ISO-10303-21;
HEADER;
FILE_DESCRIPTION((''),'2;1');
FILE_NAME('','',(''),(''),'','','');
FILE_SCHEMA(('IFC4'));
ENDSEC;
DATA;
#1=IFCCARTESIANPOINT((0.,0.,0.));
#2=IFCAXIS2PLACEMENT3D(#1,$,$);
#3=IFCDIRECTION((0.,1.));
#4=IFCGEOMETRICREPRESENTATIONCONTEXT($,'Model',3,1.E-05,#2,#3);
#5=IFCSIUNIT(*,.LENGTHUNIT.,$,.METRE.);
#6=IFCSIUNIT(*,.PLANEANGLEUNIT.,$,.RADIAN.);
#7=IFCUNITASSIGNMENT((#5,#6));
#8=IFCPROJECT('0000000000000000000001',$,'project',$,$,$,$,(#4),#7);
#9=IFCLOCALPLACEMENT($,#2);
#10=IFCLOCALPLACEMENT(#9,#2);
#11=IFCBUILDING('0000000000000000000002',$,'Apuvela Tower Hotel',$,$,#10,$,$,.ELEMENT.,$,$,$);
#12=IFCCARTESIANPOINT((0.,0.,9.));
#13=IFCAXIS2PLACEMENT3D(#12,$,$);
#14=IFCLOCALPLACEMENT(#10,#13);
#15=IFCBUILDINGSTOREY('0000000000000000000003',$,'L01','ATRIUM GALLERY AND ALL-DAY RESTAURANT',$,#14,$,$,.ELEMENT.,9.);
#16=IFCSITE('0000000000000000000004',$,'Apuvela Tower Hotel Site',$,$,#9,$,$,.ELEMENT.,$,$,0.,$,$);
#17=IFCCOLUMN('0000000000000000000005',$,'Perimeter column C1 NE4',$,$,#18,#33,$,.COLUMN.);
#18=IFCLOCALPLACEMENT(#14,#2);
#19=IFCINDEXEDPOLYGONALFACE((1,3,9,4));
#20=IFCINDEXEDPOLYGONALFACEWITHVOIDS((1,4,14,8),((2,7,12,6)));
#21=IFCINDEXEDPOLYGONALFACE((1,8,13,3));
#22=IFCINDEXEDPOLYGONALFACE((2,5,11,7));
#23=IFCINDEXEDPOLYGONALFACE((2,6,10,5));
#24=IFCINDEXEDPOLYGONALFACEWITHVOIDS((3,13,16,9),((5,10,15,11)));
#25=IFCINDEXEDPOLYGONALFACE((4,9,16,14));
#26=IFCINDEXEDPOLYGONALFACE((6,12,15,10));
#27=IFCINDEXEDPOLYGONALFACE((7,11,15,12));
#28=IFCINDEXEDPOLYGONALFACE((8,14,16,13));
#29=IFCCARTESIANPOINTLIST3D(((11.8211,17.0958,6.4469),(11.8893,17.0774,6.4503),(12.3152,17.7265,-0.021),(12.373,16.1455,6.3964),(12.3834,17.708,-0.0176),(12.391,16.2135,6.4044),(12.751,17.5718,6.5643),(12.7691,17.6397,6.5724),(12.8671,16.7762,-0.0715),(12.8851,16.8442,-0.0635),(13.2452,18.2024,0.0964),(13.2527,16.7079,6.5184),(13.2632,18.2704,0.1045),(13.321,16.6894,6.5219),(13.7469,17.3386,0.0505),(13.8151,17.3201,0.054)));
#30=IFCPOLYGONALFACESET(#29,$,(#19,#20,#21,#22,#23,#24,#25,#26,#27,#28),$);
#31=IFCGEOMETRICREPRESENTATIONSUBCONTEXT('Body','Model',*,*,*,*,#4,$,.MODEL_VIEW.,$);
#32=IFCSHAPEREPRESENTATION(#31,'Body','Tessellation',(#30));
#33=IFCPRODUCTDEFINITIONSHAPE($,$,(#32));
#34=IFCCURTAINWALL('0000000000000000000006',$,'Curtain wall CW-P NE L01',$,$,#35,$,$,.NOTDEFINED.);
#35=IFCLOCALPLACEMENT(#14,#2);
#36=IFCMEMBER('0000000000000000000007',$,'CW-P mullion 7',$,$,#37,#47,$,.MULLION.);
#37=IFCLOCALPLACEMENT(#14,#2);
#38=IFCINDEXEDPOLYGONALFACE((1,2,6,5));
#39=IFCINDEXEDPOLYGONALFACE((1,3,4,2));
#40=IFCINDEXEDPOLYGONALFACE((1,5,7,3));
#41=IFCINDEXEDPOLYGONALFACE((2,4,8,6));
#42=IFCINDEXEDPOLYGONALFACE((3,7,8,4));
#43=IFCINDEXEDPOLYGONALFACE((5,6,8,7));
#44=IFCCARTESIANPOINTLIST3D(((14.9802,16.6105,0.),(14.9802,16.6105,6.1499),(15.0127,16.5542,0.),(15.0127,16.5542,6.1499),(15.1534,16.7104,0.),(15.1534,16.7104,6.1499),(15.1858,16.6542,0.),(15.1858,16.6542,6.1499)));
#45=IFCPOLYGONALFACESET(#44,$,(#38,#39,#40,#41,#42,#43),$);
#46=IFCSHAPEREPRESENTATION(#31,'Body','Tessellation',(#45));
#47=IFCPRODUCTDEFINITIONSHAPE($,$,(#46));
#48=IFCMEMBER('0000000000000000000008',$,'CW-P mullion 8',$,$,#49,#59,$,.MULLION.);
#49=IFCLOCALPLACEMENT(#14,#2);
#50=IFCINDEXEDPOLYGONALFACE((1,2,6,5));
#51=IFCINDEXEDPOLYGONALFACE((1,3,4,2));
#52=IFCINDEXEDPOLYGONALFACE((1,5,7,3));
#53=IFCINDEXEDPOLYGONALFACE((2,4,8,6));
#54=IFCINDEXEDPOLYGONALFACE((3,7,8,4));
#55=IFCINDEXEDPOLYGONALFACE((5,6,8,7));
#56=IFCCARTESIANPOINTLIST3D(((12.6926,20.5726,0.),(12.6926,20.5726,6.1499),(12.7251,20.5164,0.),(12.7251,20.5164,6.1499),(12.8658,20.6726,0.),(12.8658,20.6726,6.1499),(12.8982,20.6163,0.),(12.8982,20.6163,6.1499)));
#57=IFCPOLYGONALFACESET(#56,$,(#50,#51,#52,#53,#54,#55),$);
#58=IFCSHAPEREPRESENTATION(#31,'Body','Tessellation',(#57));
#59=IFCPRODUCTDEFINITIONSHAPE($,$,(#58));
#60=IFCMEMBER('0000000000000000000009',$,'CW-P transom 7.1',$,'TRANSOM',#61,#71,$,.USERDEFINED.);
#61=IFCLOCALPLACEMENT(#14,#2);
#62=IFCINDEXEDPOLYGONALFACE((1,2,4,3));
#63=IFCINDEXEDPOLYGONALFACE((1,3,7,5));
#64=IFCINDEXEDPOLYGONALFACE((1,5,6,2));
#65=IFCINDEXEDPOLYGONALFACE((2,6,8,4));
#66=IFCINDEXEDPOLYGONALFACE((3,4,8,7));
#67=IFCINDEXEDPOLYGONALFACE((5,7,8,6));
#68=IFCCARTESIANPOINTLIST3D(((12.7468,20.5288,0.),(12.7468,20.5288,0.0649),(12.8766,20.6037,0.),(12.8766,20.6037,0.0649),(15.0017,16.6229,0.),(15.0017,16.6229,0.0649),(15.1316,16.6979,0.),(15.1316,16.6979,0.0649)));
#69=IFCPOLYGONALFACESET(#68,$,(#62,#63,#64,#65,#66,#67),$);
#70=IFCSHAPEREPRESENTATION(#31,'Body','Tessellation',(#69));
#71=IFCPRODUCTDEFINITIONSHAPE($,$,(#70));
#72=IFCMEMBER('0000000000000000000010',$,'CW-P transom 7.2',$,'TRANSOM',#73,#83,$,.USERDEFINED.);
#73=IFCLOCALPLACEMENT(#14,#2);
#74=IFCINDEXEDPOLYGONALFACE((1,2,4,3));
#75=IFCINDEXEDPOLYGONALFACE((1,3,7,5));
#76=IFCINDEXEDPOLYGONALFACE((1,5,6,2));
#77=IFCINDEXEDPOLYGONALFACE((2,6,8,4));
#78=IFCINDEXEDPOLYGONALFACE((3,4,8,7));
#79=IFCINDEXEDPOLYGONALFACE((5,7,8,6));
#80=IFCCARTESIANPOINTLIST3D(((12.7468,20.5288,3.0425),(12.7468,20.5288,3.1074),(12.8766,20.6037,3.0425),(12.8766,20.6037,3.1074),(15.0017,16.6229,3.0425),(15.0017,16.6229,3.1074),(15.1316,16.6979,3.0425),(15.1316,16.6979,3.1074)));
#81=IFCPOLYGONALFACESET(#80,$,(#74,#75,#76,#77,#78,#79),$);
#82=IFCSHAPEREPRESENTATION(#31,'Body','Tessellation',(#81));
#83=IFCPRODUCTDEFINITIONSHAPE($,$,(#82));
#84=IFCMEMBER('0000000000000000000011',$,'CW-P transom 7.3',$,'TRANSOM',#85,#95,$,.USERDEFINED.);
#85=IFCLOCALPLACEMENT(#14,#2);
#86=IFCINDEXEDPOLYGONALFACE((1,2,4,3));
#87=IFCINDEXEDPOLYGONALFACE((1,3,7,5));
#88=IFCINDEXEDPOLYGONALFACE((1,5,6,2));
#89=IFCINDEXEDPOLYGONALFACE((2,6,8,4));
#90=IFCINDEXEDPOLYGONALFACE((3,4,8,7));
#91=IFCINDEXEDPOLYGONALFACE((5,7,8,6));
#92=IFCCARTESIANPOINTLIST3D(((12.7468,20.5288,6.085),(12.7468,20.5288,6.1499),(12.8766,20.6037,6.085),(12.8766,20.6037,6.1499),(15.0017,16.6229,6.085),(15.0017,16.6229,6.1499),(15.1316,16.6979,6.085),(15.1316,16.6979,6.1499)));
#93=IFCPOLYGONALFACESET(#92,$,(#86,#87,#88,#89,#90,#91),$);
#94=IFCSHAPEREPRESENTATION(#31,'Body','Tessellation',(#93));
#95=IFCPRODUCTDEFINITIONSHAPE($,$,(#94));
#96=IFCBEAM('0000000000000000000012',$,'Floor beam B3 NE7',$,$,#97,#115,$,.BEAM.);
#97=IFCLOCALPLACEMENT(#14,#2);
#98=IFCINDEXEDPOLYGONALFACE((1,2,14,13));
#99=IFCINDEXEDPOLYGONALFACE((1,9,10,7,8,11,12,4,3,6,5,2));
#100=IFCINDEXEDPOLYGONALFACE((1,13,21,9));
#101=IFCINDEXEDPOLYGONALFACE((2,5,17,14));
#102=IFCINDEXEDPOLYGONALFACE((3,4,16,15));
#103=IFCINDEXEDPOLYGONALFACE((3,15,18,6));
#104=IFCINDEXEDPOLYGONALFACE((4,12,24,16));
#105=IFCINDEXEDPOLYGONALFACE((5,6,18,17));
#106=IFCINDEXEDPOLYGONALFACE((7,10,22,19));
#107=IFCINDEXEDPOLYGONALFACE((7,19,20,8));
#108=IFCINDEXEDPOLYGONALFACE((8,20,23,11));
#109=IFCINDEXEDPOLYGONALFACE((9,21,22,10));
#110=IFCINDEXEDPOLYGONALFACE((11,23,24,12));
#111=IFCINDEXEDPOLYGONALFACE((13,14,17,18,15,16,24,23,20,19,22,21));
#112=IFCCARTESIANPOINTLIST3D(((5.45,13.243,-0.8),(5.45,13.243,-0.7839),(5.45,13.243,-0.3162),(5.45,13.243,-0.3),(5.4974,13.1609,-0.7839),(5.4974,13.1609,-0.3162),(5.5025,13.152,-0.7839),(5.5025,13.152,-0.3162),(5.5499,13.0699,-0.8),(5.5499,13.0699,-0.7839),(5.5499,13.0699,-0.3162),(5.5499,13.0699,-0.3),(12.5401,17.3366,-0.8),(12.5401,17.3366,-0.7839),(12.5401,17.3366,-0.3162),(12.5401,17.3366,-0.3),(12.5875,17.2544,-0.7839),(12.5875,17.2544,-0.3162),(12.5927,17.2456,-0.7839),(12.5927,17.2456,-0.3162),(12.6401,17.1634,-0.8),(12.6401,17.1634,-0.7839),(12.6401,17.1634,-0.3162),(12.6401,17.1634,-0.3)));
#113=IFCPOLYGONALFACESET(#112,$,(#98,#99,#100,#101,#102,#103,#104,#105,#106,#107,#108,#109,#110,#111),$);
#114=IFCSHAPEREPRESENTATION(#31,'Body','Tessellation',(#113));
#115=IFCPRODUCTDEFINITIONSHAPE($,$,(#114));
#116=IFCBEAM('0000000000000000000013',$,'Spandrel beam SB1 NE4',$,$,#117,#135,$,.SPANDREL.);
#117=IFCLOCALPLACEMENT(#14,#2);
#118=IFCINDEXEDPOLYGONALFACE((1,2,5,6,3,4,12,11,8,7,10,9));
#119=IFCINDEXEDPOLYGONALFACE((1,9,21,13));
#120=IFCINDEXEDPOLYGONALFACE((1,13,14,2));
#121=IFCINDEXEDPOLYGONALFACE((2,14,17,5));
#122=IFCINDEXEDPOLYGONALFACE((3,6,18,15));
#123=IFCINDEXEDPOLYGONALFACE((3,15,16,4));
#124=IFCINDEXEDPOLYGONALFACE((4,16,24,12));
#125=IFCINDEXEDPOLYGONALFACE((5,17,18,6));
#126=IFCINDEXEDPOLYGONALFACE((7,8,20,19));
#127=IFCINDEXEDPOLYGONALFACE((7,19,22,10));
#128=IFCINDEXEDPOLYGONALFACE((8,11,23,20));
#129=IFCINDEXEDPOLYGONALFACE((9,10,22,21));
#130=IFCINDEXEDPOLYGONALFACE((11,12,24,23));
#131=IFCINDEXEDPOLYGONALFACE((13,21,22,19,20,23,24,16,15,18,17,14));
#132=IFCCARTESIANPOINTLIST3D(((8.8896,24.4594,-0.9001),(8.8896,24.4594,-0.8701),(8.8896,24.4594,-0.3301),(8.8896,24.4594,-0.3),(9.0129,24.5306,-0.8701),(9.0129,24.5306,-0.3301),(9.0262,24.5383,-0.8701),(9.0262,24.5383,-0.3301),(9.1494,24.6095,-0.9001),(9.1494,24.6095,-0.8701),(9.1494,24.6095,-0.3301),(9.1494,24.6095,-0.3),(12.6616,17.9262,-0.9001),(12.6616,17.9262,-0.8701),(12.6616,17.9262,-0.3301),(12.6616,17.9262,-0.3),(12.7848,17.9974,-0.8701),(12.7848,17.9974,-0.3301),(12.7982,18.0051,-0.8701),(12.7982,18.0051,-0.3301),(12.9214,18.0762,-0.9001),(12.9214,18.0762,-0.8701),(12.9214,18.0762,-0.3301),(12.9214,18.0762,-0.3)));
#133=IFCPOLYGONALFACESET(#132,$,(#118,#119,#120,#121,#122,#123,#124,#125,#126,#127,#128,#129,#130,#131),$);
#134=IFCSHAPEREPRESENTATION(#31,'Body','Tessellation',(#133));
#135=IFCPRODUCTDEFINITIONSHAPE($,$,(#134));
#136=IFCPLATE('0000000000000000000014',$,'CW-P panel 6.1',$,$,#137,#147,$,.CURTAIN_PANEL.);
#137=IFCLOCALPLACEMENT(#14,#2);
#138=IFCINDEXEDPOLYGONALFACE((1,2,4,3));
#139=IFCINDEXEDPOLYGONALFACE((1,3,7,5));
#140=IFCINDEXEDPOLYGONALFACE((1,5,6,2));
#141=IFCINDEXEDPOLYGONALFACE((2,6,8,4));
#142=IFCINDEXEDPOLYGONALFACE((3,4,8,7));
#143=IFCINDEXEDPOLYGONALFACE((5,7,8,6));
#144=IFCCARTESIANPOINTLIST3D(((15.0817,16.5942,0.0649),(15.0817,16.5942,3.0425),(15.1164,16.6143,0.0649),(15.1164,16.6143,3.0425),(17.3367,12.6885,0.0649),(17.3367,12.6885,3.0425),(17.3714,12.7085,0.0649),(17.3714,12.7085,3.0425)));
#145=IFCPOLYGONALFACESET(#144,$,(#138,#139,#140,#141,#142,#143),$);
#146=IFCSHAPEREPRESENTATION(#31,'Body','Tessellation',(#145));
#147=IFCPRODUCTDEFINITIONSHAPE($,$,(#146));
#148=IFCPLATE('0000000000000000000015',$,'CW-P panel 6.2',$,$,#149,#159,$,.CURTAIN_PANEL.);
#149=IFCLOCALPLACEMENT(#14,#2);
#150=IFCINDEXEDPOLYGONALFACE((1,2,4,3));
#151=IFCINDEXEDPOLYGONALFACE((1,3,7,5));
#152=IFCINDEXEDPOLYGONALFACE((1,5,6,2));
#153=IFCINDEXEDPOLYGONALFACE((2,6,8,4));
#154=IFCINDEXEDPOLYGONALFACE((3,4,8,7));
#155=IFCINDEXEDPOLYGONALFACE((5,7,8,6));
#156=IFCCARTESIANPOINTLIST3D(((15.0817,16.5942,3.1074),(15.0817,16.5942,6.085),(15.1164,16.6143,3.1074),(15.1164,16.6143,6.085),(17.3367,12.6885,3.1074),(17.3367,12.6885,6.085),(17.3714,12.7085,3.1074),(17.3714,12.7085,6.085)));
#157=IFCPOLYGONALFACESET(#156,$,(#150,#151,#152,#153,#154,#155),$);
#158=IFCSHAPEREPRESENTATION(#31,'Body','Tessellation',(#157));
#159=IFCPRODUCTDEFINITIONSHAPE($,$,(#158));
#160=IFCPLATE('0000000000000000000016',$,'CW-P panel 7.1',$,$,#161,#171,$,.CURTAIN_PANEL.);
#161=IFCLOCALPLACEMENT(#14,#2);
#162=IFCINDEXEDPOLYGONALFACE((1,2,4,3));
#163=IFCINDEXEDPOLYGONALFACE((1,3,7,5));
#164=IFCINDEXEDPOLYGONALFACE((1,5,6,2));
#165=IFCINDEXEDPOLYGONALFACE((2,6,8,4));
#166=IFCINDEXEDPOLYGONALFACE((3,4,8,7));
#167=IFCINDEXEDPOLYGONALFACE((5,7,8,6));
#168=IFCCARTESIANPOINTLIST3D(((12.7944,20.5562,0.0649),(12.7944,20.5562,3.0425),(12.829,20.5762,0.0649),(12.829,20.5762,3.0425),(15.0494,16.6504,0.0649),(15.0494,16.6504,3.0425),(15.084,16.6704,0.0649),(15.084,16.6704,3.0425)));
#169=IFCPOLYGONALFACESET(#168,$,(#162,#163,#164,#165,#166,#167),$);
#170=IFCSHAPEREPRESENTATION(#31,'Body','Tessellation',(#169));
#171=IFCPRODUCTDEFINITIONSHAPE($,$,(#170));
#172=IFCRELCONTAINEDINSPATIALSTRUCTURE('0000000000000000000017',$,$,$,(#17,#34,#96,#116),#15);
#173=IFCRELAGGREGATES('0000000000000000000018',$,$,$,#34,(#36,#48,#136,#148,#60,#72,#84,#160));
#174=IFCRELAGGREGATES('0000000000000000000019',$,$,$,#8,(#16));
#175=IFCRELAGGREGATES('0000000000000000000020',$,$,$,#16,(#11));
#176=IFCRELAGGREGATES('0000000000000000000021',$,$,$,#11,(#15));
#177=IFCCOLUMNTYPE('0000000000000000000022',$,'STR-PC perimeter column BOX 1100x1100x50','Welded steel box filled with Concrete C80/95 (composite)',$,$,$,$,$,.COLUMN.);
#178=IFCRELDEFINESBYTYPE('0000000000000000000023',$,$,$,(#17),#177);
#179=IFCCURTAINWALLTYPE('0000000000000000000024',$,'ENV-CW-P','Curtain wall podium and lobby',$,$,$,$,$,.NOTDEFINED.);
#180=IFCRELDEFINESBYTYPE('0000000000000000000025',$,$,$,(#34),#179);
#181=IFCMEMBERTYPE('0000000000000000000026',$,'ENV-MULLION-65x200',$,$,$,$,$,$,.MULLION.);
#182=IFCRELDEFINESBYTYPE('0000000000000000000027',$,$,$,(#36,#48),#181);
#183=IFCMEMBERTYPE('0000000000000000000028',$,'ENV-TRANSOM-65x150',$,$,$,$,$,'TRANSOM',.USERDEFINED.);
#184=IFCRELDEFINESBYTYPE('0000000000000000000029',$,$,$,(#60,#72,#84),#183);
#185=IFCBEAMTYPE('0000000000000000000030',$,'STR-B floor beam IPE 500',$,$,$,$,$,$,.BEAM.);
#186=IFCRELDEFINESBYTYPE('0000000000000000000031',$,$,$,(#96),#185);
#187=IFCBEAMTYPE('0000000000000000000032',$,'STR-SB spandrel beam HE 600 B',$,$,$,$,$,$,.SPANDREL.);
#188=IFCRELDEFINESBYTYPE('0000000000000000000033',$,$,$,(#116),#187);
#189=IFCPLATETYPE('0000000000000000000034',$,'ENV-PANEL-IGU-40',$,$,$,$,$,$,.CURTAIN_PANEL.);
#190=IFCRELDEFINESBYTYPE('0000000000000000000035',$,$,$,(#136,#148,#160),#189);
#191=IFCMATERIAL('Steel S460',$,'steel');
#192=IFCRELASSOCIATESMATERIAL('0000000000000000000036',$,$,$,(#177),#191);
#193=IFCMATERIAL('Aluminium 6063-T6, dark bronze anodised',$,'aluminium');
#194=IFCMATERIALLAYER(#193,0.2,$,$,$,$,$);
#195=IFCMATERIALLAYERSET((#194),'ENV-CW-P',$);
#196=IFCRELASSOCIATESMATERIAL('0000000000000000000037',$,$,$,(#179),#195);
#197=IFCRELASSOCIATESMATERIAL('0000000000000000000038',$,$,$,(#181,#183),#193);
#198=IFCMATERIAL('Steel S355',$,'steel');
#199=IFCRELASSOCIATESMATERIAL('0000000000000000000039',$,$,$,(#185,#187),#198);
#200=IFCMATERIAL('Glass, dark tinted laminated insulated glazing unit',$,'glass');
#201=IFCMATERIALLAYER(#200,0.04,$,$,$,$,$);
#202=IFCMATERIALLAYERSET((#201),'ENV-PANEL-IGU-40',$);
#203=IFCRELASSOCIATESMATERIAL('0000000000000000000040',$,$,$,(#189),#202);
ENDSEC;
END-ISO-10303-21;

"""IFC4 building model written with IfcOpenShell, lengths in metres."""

from ifc_helpers import new_model, si_unit, direction, frame, origin, origin_2d, place, context, subcontext, project, spatial, rectangle, hollow_rectangle, i_section, extrude, boolean, halfspace, material, layer, layer_set, material_profile, profile_set, type_object, element, aggregate, save


model = new_model("IFC4")

# Units and contexts
model_context = context("Model", 3, precision=1e-05, world=origin(), true_north=direction((0.0, 1.0)))
body_context = subcontext(model_context, "Body", "Model", "MODEL_VIEW")
ifc_project = project(units=[si_unit("LENGTHUNIT", "METRE"), si_unit("PLANEANGLEUNIT", "RADIAN")], contexts=[model_context])

# Site, building, storey
site_placement = place(None, origin())
site = spatial("IfcSite", under=ifc_project, at=site_placement, Name="Apuvela Tower Hotel Site", CompositionType="ELEMENT", RefElevation=0.0)
building_placement = place(site_placement, origin())
building = spatial("IfcBuilding", under=site, at=building_placement, Name="Apuvela Tower Hotel", CompositionType="ELEMENT")
storey_placement = place(building_placement, frame((0.0, 0.0, 9.0)))
storey = spatial("IfcBuildingStorey", under=building, at=storey_placement, Name="L01", Description="ATRIUM GALLERY AND ALL-DAY RESTAURANT", CompositionType="ELEMENT", Elevation=9.0)

# Column
ifc_material_1 = material(Name="Steel S460", Category="steel")
ifc_material_profile_1 = material_profile(ifc_material_1, hollow_rectangle(XDim=1.1001, YDim=1.1001, WallThickness=0.05, at=origin_2d()), Name="BOX 1100x1100x50")
ifc_material_2 = material(Name="Concrete C80/95", Category="concrete")
ifc_material_profile_2 = material_profile(ifc_material_2, rectangle(XDim=1.0, YDim=1.0, at=origin_2d()), Name="Concrete C80/95 infill")
ifc_profile_set_1 = profile_set([ifc_material_profile_1, ifc_material_profile_2], Name="Steel S460")
column_type = type_object("IfcColumnType", Name="STR-PC perimeter column BOX 1100x1100x50", Description="Welded steel box filled with Concrete C80/95 (composite)", PredefinedType="COLUMN", material=ifc_profile_set_1)
column_placement = place(storey_placement, frame((13.0664, 17.5249, 0.0), z_axis=(-0.075818, -0.096766, 0.992415), x_axis=(-0.501684, 0.863832, 0.045902)))
element("IfcColumn", 1, at=column_placement, inside=storey, type_object=column_type, Name="Perimeter column C1 NE4", PredefinedType="COLUMN", context=body_context, shape_type="SweptSolid", body=[
    boolean("DIFFERENCE", boolean("DIFFERENCE", extrude(hollow_rectangle(XDim=1.1001, YDim=1.1001, WallThickness=0.05, at=origin_2d()), origin(), (0.0, 0.0, 1.0), 6.5496), halfspace(frame((0.0, 0.0, 0.0166), z_axis=(0.0, 0.0, 1.0), x_axis=(1.0, 0.0, 0.0)), True)), halfspace(frame((0.0, 0.0, 6.5339), z_axis=(0.0, 0.0, 1.0), x_axis=(1.0, 0.0, 0.0)), False)),
])

# Curtain wall, members
ifc_material_3 = material(Name="Aluminium 6063-T6, dark bronze anodised", Category="aluminium")
ifc_layer_1 = layer(ifc_material_3, 0.2)
ifc_layer_set_1 = layer_set([ifc_layer_1], Name="ENV-CW-P")
curtain_wall_type = type_object("IfcCurtainWallType", Name="ENV-CW-P", Description="Curtain wall podium and lobby", PredefinedType="NOTDEFINED", material=ifc_layer_set_1)
curtain_wall_placement = place(storey_placement, origin())
curtain_wall = element("IfcCurtainWall", 2, at=curtain_wall_placement, inside=storey, type_object=curtain_wall_type, Name="Curtain wall CW-P NE L01", PredefinedType="NOTDEFINED")
ifc_material_profile_3 = material_profile(ifc_material_3, rectangle(XDim=0.2, YDim=0.0649, at=origin_2d()), Name="AL 65x200")
ifc_profile_set_2 = profile_set([ifc_material_profile_3], Name="Aluminium 6063-T6, dark bronze anodised")
member_type_1 = type_object("IfcMemberType", Name="ENV-MULLION-65x200", PredefinedType="MULLION", material=ifc_profile_set_2)
member_1_placement = place(storey_placement, frame((15.083, 16.6323, 0.0), z_axis=(0.0, 0.0, 1.0), x_axis=(-0.866025, -0.5, 0.0)))
member_1 = element("IfcMember", 3, at=member_1_placement, type_object=member_type_1, Name="CW-P mullion 7", PredefinedType="MULLION", context=body_context, shape_type="SweptSolid", body=[
    extrude(rectangle(XDim=0.2, YDim=0.0649, at=origin_2d()), origin(), (0.0, 0.0, 1.0), 6.1499),
])
member_2_placement = place(storey_placement, frame((12.7954, 20.5945, 0.0), z_axis=(0.0, 0.0, 1.0), x_axis=(-0.866025, -0.5, 0.0)))
member_2 = element("IfcMember", 4, at=member_2_placement, type_object=member_type_1, Name="CW-P mullion 8", PredefinedType="MULLION", context=body_context, shape_type="SweptSolid", body=[
    extrude(rectangle(XDim=0.2, YDim=0.0649, at=origin_2d()), origin(), (0.0, 0.0, 1.0), 6.1499),
])
ifc_material_profile_4 = material_profile(ifc_material_3, rectangle(XDim=0.1499, YDim=0.0649, at=origin_2d()), Name="AL 65x150 transom")
ifc_profile_set_3 = profile_set([ifc_material_profile_4], Name="Aluminium 6063-T6, dark bronze anodised")
member_type_2 = type_object("IfcMemberType", Name="ENV-TRANSOM-65x150", ElementType="TRANSOM", PredefinedType="USERDEFINED", material=ifc_profile_set_3)
member_3_placement = place(storey_placement, frame((15.0667, 16.6604, 0.0325), z_axis=(-0.499982, 0.866036, 0.0), x_axis=(-0.866036, -0.499982, 0.0)))
member_3 = element("IfcMember", 5, at=member_3_placement, type_object=member_type_2, Name="CW-P transom 7.1", ObjectType="TRANSOM", PredefinedType="USERDEFINED", context=body_context, shape_type="SweptSolid", body=[
    extrude(rectangle(XDim=0.1499, YDim=0.0649, at=origin_2d()), origin(), (0.0, 0.0, 1.0), 4.51),
])
member_4_placement = place(storey_placement, frame((15.0667, 16.6604, 3.075), z_axis=(-0.499982, 0.866036, 0.0), x_axis=(-0.866036, -0.499982, 0.0)))
member_4 = element("IfcMember", 6, at=member_4_placement, type_object=member_type_2, Name="CW-P transom 7.2", ObjectType="TRANSOM", PredefinedType="USERDEFINED", context=body_context, shape_type="SweptSolid", body=[
    extrude(rectangle(XDim=0.1499, YDim=0.0649, at=origin_2d()), origin(), (0.0, 0.0, 1.0), 4.51),
])
member_5_placement = place(storey_placement, frame((15.0667, 16.6604, 6.1174), z_axis=(-0.499982, 0.866036, 0.0), x_axis=(-0.866036, -0.499982, 0.0)))
member_5 = element("IfcMember", 7, at=member_5_placement, type_object=member_type_2, Name="CW-P transom 7.3", ObjectType="TRANSOM", PredefinedType="USERDEFINED", context=body_context, shape_type="SweptSolid", body=[
    extrude(rectangle(XDim=0.1499, YDim=0.0649, at=origin_2d()), origin(), (0.0, 0.0, 1.0), 4.51),
])

# Beams
ifc_material_4 = material(Name="Steel S355", Category="steel")
ifc_material_profile_5 = material_profile(ifc_material_4, i_section(OverallWidth=0.2, OverallDepth=0.5, WebThickness=0.0103, FlangeThickness=0.0161, at=origin_2d()), Name="IPE 500")
ifc_profile_set_4 = profile_set([ifc_material_profile_5], Name="Steel S355")
beam_type_1 = type_object("IfcBeamType", Name="STR-B floor beam IPE 500", PredefinedType="BEAM", material=ifc_profile_set_4)
beam_1_placement = place(storey_placement, frame((12.5901, 17.25, -0.55), z_axis=(-0.866023, -0.500004, 0.0), x_axis=(0.500004, -0.866023, 0.0)))
element("IfcBeam", 8, at=beam_1_placement, inside=storey, type_object=beam_type_1, Name="Floor beam B3 NE7", PredefinedType="BEAM", context=body_context, shape_type="SweptSolid", body=[
    extrude(i_section(OverallWidth=0.2, OverallDepth=0.5, WebThickness=0.0103, FlangeThickness=0.0161, at=origin_2d()), origin(), (0.0, 0.0, 1.0), 8.187),
])
ifc_material_profile_6 = material_profile(ifc_material_4, i_section(OverallWidth=0.3, OverallDepth=0.6001, WebThickness=0.0154, FlangeThickness=0.03, at=origin_2d()), Name="HE 600 B")
ifc_profile_set_5 = profile_set([ifc_material_profile_6], Name="Steel S355")
beam_type_2 = type_object("IfcBeamType", Name="STR-SB spandrel beam HE 600 B", PredefinedType="SPANDREL", material=ifc_profile_set_5)
beam_2_placement = place(storey_placement, frame((12.7915, 18.0012, -0.6001), z_axis=(-0.500003, 0.866024, 0.0), x_axis=(-0.866024, -0.500003, 0.0)))
element("IfcBeam", 9, at=beam_2_placement, inside=storey, type_object=beam_type_2, Name="Spandrel beam SB1 NE4", PredefinedType="SPANDREL", context=body_context, shape_type="SweptSolid", body=[
    extrude(i_section(OverallWidth=0.3, OverallDepth=0.6001, WebThickness=0.0154, FlangeThickness=0.03, at=origin_2d()), origin(), (0.0, 0.0, 1.0), 7.5439),
])

# Plates
ifc_material_5 = material(Name="Glass, dark tinted laminated insulated glazing unit", Category="glass")
ifc_layer_2 = layer(ifc_material_5, 0.04)
ifc_layer_set_2 = layer_set([ifc_layer_2], Name="ENV-PANEL-IGU-40")
plate_type = type_object("IfcPlateType", Name="ENV-PANEL-IGU-40", PredefinedType="CURTAIN_PANEL", material=ifc_layer_set_2)
plate_1_placement = place(storey_placement, frame((16.2266, 14.6514, 0.0649), z_axis=(0.0, 0.0, 1.0), x_axis=(-0.5, 0.866025, 0.0)))
plate_1 = element("IfcPlate", 10, at=plate_1_placement, type_object=plate_type, Name="CW-P panel 6.1", PredefinedType="CURTAIN_PANEL", context=body_context, shape_type="SweptSolid", body=[
    extrude(rectangle(XDim=4.51, YDim=0.04, at=origin_2d()), origin(), (0.0, 0.0, 1.0), 2.9775),
])
plate_2_placement = place(storey_placement, frame((16.2266, 14.6514, 3.1074), z_axis=(0.0, 0.0, 1.0), x_axis=(-0.5, 0.866025, 0.0)))
plate_2 = element("IfcPlate", 11, at=plate_2_placement, type_object=plate_type, Name="CW-P panel 6.2", PredefinedType="CURTAIN_PANEL", context=body_context, shape_type="SweptSolid", body=[
    extrude(rectangle(XDim=4.51, YDim=0.04, at=origin_2d()), origin(), (0.0, 0.0, 1.0), 2.9775),
])
plate_3_placement = place(storey_placement, frame((13.9392, 18.6133, 0.0649), z_axis=(0.0, 0.0, 1.0), x_axis=(-0.5, 0.866025, 0.0)))
plate_3 = element("IfcPlate", 12, at=plate_3_placement, type_object=plate_type, Name="CW-P panel 7.1", PredefinedType="CURTAIN_PANEL", context=body_context, shape_type="SweptSolid", body=[
    extrude(rectangle(XDim=4.51, YDim=0.04, at=origin_2d()), origin(), (0.0, 0.0, 1.0), 2.9775),
])
aggregate(curtain_wall, [member_1, member_2, plate_1, plate_2, member_3, member_4, member_5, plate_3])

save(model, "model.ifc")
